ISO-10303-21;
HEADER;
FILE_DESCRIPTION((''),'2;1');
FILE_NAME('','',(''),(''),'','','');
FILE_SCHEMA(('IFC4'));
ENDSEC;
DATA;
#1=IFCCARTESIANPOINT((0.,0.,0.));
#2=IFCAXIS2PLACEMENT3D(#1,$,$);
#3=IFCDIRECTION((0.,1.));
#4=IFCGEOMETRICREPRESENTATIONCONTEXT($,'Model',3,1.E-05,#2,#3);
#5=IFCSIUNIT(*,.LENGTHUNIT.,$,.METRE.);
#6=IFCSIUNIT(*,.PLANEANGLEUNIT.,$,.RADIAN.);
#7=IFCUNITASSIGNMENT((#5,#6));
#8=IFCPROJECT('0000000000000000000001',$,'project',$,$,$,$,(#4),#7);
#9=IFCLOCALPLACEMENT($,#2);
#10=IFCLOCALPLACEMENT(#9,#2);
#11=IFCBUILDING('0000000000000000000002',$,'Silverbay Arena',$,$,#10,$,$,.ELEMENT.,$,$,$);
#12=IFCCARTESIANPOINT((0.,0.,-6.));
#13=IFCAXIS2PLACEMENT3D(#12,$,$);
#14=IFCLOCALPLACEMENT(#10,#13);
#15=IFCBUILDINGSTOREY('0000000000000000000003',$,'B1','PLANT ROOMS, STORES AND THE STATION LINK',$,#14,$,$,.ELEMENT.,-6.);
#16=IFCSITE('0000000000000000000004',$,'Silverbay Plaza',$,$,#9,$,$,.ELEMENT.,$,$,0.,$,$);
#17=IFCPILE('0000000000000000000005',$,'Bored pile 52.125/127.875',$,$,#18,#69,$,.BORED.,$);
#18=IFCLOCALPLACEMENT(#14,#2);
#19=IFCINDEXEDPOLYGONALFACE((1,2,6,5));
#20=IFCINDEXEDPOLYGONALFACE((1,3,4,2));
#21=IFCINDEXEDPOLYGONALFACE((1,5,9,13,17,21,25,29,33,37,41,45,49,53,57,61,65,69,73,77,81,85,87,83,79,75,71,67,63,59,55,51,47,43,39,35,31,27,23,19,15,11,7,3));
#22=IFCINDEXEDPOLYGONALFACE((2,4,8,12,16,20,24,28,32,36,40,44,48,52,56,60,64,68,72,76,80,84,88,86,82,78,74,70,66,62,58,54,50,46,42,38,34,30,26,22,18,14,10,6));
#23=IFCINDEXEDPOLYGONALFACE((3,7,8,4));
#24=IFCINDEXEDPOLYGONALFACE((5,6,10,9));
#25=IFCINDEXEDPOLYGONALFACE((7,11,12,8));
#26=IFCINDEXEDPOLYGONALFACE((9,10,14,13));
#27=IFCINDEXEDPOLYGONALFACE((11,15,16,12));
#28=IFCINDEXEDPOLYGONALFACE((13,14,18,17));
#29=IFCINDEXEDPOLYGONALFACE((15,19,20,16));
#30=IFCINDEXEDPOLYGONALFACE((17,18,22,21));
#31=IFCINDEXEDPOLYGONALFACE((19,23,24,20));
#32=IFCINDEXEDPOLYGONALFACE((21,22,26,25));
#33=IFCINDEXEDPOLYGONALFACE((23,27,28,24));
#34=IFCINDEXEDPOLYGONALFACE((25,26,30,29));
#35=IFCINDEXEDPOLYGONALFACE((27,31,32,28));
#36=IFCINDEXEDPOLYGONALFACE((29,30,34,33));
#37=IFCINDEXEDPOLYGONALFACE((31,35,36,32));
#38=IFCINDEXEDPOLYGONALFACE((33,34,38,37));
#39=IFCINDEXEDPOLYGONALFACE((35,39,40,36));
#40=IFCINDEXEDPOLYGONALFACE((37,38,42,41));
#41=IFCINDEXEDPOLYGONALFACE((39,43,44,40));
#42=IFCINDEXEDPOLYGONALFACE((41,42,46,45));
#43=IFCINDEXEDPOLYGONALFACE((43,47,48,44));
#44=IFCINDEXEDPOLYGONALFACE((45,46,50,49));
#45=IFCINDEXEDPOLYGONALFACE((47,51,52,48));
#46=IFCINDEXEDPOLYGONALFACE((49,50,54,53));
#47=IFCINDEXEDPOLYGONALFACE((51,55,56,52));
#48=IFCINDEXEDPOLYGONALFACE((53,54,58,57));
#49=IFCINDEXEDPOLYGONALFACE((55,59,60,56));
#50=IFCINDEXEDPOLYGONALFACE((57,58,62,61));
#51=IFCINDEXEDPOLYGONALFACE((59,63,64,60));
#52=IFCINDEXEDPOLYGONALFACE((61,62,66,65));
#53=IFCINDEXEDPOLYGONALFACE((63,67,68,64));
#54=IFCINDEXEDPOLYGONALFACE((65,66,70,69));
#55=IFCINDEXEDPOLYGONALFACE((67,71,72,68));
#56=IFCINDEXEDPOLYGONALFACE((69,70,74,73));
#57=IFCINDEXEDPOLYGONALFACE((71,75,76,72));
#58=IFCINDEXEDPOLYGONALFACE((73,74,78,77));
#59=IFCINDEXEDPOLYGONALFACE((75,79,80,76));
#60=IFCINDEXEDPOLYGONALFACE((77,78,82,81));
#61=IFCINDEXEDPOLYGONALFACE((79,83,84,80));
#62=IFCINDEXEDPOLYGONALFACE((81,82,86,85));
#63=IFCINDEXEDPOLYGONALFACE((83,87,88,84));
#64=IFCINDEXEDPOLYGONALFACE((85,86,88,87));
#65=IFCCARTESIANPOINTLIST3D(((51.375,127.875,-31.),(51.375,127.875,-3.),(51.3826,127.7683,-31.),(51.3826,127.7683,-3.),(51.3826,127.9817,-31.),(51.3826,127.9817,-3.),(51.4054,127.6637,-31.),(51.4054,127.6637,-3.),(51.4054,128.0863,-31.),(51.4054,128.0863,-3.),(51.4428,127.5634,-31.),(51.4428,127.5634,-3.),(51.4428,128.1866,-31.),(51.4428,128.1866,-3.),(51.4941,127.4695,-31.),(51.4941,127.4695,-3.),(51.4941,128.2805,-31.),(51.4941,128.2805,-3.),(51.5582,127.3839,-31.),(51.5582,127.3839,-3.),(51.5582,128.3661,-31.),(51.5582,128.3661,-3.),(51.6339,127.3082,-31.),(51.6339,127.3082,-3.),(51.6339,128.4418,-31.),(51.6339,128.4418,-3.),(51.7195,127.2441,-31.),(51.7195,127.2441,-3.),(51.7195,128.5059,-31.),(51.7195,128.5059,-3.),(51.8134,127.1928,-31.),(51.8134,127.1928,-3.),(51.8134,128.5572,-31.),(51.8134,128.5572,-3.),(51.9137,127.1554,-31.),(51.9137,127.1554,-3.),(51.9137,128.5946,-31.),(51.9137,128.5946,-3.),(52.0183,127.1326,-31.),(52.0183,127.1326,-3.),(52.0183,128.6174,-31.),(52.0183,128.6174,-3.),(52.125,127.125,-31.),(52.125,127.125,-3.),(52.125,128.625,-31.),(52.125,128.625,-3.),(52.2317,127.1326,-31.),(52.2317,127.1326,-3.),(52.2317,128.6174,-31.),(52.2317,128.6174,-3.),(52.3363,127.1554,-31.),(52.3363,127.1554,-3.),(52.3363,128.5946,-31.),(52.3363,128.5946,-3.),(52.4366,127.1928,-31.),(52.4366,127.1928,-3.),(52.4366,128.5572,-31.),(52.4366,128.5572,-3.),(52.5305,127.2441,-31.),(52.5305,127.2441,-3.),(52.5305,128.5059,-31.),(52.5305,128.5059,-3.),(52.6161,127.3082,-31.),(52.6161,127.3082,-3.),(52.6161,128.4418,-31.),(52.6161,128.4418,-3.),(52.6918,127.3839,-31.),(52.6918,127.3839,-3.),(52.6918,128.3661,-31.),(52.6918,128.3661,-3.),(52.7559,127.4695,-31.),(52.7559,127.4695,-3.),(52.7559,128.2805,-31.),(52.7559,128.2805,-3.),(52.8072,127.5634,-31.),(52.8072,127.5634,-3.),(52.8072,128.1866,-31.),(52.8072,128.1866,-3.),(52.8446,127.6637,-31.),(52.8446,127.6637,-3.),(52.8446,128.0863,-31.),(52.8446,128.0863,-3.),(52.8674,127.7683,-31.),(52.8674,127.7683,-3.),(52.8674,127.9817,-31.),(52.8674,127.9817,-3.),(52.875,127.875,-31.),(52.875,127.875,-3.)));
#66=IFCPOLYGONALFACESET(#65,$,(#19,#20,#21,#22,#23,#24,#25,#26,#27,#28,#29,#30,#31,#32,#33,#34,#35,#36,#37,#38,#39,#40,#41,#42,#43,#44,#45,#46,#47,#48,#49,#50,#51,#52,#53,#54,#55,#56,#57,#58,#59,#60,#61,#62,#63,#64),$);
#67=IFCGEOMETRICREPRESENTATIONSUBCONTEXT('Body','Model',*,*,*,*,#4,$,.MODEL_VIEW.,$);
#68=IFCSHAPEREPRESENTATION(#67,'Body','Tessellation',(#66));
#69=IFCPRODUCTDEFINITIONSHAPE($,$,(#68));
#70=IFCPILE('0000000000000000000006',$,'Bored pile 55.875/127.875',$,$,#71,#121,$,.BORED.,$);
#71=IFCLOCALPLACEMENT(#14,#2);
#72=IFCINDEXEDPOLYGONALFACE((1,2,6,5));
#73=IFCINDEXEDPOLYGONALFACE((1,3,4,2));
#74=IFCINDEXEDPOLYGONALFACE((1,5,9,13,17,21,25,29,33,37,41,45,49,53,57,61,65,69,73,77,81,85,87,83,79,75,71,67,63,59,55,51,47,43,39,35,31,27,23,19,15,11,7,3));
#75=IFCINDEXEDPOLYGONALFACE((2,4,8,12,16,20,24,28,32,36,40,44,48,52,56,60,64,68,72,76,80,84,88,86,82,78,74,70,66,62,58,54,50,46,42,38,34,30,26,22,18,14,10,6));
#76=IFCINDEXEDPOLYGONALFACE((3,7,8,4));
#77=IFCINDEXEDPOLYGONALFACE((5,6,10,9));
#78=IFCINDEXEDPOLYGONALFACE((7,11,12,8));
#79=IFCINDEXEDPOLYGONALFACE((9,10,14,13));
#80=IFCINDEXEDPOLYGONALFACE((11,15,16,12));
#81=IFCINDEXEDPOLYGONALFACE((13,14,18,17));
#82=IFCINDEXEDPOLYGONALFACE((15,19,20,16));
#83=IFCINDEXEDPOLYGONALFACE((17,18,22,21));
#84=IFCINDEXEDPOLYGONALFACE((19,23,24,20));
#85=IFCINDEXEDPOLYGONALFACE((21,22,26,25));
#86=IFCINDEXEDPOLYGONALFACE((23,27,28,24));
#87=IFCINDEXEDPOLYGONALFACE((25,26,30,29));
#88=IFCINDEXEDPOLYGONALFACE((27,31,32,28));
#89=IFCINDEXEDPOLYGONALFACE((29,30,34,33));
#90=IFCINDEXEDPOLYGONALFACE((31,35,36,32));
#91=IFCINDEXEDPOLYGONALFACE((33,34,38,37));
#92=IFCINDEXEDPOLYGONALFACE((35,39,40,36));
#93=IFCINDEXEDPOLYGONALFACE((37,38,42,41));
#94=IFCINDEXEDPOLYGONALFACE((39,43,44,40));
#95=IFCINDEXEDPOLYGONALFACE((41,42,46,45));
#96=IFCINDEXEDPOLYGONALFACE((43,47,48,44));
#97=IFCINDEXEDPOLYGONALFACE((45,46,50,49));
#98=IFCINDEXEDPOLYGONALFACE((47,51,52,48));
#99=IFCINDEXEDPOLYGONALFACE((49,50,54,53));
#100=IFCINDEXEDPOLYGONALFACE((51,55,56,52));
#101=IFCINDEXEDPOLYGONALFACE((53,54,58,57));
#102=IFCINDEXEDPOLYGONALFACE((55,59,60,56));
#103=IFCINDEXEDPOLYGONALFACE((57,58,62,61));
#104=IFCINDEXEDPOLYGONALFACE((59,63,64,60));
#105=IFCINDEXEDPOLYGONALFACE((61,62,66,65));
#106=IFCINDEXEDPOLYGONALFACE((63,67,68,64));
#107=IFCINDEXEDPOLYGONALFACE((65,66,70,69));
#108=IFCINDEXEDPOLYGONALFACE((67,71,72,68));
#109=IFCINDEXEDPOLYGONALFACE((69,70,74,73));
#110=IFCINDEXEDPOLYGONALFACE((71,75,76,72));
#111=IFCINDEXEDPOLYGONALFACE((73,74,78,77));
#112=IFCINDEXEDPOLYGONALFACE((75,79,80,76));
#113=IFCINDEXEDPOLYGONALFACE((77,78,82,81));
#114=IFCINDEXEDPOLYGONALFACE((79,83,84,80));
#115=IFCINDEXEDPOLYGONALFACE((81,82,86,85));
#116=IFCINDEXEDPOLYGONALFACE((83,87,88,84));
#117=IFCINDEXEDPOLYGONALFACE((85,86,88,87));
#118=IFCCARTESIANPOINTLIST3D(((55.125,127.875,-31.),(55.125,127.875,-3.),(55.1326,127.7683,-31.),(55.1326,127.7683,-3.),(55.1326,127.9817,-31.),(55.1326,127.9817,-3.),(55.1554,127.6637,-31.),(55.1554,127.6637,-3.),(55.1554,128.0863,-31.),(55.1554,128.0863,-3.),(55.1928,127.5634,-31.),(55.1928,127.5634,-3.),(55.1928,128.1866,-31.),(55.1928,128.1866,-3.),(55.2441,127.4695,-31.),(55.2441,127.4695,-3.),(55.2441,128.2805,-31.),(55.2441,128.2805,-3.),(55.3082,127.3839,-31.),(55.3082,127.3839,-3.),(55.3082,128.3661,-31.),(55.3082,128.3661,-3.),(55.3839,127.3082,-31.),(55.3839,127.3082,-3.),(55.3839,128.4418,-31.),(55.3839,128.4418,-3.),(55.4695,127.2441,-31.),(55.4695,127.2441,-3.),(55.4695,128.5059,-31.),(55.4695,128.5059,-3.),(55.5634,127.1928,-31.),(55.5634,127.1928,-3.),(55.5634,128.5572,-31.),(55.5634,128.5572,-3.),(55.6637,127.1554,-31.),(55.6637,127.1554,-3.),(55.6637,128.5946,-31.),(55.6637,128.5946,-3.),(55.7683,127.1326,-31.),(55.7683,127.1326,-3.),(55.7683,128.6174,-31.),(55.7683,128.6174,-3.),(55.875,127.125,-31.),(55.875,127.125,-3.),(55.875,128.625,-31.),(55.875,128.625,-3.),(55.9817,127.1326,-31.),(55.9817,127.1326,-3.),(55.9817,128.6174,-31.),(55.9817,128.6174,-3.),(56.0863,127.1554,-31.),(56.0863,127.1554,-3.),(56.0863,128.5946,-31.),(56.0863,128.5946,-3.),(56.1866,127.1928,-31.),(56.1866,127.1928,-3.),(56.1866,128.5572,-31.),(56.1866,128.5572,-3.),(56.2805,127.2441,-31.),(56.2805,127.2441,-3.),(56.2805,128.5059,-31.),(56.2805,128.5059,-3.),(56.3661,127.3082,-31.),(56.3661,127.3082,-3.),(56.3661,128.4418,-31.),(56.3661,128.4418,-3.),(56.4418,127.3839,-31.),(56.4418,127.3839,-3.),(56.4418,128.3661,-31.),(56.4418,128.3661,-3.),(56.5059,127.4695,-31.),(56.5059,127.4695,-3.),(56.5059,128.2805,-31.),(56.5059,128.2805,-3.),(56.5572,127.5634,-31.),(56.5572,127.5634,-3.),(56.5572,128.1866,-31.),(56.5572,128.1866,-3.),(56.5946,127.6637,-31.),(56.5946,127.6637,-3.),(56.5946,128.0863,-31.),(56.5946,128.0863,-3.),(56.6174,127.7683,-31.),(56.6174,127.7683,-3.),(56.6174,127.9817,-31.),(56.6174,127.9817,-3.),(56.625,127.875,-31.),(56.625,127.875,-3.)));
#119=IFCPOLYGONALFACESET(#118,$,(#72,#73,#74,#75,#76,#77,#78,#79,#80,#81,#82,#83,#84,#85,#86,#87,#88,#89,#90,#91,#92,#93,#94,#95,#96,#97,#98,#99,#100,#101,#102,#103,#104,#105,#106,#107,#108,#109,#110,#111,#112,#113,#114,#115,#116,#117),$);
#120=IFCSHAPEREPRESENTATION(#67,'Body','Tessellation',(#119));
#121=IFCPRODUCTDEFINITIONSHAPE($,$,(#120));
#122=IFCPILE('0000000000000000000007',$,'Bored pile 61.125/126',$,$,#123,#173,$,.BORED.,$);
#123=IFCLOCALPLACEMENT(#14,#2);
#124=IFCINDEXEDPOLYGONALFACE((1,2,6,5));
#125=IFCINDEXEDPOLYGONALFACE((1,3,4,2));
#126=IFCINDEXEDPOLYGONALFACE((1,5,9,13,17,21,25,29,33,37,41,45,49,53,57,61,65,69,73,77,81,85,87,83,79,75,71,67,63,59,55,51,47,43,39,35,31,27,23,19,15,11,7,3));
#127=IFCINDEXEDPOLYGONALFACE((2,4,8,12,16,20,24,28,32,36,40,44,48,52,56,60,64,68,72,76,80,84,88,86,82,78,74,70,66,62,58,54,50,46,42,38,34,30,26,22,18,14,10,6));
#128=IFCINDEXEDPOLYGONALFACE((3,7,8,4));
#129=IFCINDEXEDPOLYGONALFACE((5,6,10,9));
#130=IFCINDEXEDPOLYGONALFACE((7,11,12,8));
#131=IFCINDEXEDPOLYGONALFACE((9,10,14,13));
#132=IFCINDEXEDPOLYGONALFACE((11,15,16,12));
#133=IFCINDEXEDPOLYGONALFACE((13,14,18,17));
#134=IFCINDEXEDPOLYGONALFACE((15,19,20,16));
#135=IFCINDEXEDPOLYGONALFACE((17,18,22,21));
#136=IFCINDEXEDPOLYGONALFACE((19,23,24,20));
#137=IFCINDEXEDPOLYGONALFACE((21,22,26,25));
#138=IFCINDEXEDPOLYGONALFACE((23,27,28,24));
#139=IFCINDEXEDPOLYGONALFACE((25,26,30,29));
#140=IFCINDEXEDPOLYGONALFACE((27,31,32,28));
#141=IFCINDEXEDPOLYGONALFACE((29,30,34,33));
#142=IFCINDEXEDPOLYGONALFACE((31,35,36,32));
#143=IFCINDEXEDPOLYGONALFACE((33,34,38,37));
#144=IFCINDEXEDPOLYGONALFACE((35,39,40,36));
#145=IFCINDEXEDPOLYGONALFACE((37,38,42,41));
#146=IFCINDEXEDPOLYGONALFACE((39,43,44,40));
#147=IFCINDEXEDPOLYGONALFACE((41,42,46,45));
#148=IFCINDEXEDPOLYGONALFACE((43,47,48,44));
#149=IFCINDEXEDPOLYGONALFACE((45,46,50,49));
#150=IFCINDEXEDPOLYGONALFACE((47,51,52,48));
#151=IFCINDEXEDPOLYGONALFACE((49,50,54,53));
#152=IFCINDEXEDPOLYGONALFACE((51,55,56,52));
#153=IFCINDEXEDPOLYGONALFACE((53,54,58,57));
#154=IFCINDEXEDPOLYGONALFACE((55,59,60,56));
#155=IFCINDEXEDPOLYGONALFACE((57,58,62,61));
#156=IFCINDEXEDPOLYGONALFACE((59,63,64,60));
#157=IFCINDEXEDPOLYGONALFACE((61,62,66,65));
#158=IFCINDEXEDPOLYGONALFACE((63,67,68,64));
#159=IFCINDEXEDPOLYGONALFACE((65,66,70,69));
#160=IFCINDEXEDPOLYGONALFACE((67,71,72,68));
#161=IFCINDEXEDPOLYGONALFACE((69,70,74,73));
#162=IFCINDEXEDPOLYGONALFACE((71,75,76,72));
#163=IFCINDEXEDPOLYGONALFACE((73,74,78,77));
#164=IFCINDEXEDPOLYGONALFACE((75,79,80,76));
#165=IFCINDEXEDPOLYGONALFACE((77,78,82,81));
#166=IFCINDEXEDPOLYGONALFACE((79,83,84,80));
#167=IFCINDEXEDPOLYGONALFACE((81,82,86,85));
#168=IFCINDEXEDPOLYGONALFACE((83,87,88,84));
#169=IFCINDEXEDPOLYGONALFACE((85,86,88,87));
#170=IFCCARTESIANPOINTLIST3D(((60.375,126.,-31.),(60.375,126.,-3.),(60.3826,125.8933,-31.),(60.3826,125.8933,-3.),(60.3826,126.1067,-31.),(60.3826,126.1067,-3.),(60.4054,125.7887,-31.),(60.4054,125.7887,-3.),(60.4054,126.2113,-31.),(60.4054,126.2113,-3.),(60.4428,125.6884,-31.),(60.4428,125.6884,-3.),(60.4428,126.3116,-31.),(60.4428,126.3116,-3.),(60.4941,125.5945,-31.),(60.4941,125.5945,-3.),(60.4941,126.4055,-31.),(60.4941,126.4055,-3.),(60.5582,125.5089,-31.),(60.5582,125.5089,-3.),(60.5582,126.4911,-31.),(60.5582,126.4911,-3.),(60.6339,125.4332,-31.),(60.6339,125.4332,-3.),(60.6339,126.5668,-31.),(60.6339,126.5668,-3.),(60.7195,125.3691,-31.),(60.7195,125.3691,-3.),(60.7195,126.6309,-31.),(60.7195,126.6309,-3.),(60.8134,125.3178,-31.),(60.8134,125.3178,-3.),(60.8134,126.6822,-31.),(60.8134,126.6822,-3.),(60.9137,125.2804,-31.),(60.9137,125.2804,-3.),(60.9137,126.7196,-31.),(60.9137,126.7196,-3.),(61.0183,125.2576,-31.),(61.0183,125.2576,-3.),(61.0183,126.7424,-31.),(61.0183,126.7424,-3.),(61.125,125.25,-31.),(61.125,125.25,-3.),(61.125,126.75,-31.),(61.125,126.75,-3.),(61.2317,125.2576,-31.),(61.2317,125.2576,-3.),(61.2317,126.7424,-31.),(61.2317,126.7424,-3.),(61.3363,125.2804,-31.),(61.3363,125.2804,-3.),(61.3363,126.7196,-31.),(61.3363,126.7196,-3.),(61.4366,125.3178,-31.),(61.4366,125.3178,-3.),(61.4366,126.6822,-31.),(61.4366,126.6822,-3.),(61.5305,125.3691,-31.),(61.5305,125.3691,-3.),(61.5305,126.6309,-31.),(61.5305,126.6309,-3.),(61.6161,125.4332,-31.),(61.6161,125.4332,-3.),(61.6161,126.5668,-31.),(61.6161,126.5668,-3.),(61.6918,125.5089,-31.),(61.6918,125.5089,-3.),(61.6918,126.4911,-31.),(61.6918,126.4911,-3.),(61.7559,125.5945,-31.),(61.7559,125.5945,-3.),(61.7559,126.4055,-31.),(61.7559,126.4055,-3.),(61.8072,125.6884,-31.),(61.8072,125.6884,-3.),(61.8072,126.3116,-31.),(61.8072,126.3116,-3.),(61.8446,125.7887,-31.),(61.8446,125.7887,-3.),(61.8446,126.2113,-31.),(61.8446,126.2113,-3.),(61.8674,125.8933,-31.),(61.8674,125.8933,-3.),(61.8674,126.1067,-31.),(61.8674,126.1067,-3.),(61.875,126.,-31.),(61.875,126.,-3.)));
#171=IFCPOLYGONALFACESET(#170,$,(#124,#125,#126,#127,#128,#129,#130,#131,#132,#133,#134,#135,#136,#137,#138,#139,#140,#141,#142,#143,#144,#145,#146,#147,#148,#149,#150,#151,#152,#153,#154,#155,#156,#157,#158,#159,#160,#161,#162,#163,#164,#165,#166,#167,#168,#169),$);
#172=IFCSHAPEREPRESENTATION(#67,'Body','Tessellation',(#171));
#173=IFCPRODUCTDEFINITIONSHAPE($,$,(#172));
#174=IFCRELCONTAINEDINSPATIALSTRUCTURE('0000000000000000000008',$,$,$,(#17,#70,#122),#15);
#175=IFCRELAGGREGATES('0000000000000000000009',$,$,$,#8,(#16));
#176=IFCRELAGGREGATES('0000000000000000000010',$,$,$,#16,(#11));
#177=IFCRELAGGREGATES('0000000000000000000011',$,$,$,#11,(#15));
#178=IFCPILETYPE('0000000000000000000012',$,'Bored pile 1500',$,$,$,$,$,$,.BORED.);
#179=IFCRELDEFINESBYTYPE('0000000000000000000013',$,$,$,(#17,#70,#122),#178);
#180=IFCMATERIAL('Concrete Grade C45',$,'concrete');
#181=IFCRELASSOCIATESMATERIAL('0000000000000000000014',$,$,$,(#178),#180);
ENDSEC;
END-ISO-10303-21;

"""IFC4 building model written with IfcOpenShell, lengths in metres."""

from ifc_helpers import new_model, si_unit, direction, frame, origin, origin_2d, place, context, subcontext, project, spatial, circle, extrude, material, material_profile, profile_set, type_object, element, save


model = new_model("IFC4")

# Units and contexts
model_context = context("Model", 3, precision=1e-05, world=origin(), true_north=direction((0.0, 1.0)))
body_context = subcontext(model_context, "Body", "Model", "MODEL_VIEW")
ifc_project = project(units=[si_unit("LENGTHUNIT", "METRE"), si_unit("PLANEANGLEUNIT", "RADIAN")], contexts=[model_context])

# Site, building, storey
site_placement = place(None, origin())
site = spatial("IfcSite", under=ifc_project, at=site_placement, Name="Silverbay Plaza", CompositionType="ELEMENT", RefElevation=0.0)
building_placement = place(site_placement, origin())
building = spatial("IfcBuilding", under=site, at=building_placement, Name="Silverbay Arena", CompositionType="ELEMENT")
storey_placement = place(building_placement, frame((0.0, 0.0, -6.0)))
storey = spatial("IfcBuildingStorey", under=building, at=storey_placement, Name="B1", Description="PLANT ROOMS, STORES AND THE STATION LINK", CompositionType="ELEMENT", Elevation=-6.0)

# Piles
ifc_material_1 = material(Name="Concrete Grade C45", Category="concrete")
ifc_material_profile_1 = material_profile(ifc_material_1, circle(Radius=0.75, at=origin_2d()), Name="Bored pile 1500")
ifc_profile_set_1 = profile_set([ifc_material_profile_1], Name="Concrete Grade C45")
pile_type_1 = type_object("IfcPileType", Name="Bored pile 1500", PredefinedType="BORED", material=ifc_profile_set_1)
for number, where, z_axis, x_axis, name in (
    (1, (52.125, 127.875, -3.0), (0.0, 0.0, -1.0), (1.0, 0.0, 0.0), "Bored pile 52.125/127.875"),
    (2, (55.875, 127.875, -3.0), (0.0, 0.0, -1.0), (1.0, 0.0, 0.0), "Bored pile 55.875/127.875"),
    (3, (61.125, 126.0, -3.0), (0.0, 0.0, -1.0), (1.0, 0.0, 0.0), "Bored pile 61.125/126"),
):
    element("IfcPile", number, at=place(storey_placement, frame(where, z_axis=z_axis, x_axis=x_axis)), inside=storey, type_object=pile_type_1, Name=name, PredefinedType="BORED", context=body_context, shape_type="SweptSolid", body=[
        extrude(circle(Radius=0.75, at=origin_2d()), origin(), (0.0, 0.0, 1.0), 28.0),
    ])

save(model, "model.ifc")
